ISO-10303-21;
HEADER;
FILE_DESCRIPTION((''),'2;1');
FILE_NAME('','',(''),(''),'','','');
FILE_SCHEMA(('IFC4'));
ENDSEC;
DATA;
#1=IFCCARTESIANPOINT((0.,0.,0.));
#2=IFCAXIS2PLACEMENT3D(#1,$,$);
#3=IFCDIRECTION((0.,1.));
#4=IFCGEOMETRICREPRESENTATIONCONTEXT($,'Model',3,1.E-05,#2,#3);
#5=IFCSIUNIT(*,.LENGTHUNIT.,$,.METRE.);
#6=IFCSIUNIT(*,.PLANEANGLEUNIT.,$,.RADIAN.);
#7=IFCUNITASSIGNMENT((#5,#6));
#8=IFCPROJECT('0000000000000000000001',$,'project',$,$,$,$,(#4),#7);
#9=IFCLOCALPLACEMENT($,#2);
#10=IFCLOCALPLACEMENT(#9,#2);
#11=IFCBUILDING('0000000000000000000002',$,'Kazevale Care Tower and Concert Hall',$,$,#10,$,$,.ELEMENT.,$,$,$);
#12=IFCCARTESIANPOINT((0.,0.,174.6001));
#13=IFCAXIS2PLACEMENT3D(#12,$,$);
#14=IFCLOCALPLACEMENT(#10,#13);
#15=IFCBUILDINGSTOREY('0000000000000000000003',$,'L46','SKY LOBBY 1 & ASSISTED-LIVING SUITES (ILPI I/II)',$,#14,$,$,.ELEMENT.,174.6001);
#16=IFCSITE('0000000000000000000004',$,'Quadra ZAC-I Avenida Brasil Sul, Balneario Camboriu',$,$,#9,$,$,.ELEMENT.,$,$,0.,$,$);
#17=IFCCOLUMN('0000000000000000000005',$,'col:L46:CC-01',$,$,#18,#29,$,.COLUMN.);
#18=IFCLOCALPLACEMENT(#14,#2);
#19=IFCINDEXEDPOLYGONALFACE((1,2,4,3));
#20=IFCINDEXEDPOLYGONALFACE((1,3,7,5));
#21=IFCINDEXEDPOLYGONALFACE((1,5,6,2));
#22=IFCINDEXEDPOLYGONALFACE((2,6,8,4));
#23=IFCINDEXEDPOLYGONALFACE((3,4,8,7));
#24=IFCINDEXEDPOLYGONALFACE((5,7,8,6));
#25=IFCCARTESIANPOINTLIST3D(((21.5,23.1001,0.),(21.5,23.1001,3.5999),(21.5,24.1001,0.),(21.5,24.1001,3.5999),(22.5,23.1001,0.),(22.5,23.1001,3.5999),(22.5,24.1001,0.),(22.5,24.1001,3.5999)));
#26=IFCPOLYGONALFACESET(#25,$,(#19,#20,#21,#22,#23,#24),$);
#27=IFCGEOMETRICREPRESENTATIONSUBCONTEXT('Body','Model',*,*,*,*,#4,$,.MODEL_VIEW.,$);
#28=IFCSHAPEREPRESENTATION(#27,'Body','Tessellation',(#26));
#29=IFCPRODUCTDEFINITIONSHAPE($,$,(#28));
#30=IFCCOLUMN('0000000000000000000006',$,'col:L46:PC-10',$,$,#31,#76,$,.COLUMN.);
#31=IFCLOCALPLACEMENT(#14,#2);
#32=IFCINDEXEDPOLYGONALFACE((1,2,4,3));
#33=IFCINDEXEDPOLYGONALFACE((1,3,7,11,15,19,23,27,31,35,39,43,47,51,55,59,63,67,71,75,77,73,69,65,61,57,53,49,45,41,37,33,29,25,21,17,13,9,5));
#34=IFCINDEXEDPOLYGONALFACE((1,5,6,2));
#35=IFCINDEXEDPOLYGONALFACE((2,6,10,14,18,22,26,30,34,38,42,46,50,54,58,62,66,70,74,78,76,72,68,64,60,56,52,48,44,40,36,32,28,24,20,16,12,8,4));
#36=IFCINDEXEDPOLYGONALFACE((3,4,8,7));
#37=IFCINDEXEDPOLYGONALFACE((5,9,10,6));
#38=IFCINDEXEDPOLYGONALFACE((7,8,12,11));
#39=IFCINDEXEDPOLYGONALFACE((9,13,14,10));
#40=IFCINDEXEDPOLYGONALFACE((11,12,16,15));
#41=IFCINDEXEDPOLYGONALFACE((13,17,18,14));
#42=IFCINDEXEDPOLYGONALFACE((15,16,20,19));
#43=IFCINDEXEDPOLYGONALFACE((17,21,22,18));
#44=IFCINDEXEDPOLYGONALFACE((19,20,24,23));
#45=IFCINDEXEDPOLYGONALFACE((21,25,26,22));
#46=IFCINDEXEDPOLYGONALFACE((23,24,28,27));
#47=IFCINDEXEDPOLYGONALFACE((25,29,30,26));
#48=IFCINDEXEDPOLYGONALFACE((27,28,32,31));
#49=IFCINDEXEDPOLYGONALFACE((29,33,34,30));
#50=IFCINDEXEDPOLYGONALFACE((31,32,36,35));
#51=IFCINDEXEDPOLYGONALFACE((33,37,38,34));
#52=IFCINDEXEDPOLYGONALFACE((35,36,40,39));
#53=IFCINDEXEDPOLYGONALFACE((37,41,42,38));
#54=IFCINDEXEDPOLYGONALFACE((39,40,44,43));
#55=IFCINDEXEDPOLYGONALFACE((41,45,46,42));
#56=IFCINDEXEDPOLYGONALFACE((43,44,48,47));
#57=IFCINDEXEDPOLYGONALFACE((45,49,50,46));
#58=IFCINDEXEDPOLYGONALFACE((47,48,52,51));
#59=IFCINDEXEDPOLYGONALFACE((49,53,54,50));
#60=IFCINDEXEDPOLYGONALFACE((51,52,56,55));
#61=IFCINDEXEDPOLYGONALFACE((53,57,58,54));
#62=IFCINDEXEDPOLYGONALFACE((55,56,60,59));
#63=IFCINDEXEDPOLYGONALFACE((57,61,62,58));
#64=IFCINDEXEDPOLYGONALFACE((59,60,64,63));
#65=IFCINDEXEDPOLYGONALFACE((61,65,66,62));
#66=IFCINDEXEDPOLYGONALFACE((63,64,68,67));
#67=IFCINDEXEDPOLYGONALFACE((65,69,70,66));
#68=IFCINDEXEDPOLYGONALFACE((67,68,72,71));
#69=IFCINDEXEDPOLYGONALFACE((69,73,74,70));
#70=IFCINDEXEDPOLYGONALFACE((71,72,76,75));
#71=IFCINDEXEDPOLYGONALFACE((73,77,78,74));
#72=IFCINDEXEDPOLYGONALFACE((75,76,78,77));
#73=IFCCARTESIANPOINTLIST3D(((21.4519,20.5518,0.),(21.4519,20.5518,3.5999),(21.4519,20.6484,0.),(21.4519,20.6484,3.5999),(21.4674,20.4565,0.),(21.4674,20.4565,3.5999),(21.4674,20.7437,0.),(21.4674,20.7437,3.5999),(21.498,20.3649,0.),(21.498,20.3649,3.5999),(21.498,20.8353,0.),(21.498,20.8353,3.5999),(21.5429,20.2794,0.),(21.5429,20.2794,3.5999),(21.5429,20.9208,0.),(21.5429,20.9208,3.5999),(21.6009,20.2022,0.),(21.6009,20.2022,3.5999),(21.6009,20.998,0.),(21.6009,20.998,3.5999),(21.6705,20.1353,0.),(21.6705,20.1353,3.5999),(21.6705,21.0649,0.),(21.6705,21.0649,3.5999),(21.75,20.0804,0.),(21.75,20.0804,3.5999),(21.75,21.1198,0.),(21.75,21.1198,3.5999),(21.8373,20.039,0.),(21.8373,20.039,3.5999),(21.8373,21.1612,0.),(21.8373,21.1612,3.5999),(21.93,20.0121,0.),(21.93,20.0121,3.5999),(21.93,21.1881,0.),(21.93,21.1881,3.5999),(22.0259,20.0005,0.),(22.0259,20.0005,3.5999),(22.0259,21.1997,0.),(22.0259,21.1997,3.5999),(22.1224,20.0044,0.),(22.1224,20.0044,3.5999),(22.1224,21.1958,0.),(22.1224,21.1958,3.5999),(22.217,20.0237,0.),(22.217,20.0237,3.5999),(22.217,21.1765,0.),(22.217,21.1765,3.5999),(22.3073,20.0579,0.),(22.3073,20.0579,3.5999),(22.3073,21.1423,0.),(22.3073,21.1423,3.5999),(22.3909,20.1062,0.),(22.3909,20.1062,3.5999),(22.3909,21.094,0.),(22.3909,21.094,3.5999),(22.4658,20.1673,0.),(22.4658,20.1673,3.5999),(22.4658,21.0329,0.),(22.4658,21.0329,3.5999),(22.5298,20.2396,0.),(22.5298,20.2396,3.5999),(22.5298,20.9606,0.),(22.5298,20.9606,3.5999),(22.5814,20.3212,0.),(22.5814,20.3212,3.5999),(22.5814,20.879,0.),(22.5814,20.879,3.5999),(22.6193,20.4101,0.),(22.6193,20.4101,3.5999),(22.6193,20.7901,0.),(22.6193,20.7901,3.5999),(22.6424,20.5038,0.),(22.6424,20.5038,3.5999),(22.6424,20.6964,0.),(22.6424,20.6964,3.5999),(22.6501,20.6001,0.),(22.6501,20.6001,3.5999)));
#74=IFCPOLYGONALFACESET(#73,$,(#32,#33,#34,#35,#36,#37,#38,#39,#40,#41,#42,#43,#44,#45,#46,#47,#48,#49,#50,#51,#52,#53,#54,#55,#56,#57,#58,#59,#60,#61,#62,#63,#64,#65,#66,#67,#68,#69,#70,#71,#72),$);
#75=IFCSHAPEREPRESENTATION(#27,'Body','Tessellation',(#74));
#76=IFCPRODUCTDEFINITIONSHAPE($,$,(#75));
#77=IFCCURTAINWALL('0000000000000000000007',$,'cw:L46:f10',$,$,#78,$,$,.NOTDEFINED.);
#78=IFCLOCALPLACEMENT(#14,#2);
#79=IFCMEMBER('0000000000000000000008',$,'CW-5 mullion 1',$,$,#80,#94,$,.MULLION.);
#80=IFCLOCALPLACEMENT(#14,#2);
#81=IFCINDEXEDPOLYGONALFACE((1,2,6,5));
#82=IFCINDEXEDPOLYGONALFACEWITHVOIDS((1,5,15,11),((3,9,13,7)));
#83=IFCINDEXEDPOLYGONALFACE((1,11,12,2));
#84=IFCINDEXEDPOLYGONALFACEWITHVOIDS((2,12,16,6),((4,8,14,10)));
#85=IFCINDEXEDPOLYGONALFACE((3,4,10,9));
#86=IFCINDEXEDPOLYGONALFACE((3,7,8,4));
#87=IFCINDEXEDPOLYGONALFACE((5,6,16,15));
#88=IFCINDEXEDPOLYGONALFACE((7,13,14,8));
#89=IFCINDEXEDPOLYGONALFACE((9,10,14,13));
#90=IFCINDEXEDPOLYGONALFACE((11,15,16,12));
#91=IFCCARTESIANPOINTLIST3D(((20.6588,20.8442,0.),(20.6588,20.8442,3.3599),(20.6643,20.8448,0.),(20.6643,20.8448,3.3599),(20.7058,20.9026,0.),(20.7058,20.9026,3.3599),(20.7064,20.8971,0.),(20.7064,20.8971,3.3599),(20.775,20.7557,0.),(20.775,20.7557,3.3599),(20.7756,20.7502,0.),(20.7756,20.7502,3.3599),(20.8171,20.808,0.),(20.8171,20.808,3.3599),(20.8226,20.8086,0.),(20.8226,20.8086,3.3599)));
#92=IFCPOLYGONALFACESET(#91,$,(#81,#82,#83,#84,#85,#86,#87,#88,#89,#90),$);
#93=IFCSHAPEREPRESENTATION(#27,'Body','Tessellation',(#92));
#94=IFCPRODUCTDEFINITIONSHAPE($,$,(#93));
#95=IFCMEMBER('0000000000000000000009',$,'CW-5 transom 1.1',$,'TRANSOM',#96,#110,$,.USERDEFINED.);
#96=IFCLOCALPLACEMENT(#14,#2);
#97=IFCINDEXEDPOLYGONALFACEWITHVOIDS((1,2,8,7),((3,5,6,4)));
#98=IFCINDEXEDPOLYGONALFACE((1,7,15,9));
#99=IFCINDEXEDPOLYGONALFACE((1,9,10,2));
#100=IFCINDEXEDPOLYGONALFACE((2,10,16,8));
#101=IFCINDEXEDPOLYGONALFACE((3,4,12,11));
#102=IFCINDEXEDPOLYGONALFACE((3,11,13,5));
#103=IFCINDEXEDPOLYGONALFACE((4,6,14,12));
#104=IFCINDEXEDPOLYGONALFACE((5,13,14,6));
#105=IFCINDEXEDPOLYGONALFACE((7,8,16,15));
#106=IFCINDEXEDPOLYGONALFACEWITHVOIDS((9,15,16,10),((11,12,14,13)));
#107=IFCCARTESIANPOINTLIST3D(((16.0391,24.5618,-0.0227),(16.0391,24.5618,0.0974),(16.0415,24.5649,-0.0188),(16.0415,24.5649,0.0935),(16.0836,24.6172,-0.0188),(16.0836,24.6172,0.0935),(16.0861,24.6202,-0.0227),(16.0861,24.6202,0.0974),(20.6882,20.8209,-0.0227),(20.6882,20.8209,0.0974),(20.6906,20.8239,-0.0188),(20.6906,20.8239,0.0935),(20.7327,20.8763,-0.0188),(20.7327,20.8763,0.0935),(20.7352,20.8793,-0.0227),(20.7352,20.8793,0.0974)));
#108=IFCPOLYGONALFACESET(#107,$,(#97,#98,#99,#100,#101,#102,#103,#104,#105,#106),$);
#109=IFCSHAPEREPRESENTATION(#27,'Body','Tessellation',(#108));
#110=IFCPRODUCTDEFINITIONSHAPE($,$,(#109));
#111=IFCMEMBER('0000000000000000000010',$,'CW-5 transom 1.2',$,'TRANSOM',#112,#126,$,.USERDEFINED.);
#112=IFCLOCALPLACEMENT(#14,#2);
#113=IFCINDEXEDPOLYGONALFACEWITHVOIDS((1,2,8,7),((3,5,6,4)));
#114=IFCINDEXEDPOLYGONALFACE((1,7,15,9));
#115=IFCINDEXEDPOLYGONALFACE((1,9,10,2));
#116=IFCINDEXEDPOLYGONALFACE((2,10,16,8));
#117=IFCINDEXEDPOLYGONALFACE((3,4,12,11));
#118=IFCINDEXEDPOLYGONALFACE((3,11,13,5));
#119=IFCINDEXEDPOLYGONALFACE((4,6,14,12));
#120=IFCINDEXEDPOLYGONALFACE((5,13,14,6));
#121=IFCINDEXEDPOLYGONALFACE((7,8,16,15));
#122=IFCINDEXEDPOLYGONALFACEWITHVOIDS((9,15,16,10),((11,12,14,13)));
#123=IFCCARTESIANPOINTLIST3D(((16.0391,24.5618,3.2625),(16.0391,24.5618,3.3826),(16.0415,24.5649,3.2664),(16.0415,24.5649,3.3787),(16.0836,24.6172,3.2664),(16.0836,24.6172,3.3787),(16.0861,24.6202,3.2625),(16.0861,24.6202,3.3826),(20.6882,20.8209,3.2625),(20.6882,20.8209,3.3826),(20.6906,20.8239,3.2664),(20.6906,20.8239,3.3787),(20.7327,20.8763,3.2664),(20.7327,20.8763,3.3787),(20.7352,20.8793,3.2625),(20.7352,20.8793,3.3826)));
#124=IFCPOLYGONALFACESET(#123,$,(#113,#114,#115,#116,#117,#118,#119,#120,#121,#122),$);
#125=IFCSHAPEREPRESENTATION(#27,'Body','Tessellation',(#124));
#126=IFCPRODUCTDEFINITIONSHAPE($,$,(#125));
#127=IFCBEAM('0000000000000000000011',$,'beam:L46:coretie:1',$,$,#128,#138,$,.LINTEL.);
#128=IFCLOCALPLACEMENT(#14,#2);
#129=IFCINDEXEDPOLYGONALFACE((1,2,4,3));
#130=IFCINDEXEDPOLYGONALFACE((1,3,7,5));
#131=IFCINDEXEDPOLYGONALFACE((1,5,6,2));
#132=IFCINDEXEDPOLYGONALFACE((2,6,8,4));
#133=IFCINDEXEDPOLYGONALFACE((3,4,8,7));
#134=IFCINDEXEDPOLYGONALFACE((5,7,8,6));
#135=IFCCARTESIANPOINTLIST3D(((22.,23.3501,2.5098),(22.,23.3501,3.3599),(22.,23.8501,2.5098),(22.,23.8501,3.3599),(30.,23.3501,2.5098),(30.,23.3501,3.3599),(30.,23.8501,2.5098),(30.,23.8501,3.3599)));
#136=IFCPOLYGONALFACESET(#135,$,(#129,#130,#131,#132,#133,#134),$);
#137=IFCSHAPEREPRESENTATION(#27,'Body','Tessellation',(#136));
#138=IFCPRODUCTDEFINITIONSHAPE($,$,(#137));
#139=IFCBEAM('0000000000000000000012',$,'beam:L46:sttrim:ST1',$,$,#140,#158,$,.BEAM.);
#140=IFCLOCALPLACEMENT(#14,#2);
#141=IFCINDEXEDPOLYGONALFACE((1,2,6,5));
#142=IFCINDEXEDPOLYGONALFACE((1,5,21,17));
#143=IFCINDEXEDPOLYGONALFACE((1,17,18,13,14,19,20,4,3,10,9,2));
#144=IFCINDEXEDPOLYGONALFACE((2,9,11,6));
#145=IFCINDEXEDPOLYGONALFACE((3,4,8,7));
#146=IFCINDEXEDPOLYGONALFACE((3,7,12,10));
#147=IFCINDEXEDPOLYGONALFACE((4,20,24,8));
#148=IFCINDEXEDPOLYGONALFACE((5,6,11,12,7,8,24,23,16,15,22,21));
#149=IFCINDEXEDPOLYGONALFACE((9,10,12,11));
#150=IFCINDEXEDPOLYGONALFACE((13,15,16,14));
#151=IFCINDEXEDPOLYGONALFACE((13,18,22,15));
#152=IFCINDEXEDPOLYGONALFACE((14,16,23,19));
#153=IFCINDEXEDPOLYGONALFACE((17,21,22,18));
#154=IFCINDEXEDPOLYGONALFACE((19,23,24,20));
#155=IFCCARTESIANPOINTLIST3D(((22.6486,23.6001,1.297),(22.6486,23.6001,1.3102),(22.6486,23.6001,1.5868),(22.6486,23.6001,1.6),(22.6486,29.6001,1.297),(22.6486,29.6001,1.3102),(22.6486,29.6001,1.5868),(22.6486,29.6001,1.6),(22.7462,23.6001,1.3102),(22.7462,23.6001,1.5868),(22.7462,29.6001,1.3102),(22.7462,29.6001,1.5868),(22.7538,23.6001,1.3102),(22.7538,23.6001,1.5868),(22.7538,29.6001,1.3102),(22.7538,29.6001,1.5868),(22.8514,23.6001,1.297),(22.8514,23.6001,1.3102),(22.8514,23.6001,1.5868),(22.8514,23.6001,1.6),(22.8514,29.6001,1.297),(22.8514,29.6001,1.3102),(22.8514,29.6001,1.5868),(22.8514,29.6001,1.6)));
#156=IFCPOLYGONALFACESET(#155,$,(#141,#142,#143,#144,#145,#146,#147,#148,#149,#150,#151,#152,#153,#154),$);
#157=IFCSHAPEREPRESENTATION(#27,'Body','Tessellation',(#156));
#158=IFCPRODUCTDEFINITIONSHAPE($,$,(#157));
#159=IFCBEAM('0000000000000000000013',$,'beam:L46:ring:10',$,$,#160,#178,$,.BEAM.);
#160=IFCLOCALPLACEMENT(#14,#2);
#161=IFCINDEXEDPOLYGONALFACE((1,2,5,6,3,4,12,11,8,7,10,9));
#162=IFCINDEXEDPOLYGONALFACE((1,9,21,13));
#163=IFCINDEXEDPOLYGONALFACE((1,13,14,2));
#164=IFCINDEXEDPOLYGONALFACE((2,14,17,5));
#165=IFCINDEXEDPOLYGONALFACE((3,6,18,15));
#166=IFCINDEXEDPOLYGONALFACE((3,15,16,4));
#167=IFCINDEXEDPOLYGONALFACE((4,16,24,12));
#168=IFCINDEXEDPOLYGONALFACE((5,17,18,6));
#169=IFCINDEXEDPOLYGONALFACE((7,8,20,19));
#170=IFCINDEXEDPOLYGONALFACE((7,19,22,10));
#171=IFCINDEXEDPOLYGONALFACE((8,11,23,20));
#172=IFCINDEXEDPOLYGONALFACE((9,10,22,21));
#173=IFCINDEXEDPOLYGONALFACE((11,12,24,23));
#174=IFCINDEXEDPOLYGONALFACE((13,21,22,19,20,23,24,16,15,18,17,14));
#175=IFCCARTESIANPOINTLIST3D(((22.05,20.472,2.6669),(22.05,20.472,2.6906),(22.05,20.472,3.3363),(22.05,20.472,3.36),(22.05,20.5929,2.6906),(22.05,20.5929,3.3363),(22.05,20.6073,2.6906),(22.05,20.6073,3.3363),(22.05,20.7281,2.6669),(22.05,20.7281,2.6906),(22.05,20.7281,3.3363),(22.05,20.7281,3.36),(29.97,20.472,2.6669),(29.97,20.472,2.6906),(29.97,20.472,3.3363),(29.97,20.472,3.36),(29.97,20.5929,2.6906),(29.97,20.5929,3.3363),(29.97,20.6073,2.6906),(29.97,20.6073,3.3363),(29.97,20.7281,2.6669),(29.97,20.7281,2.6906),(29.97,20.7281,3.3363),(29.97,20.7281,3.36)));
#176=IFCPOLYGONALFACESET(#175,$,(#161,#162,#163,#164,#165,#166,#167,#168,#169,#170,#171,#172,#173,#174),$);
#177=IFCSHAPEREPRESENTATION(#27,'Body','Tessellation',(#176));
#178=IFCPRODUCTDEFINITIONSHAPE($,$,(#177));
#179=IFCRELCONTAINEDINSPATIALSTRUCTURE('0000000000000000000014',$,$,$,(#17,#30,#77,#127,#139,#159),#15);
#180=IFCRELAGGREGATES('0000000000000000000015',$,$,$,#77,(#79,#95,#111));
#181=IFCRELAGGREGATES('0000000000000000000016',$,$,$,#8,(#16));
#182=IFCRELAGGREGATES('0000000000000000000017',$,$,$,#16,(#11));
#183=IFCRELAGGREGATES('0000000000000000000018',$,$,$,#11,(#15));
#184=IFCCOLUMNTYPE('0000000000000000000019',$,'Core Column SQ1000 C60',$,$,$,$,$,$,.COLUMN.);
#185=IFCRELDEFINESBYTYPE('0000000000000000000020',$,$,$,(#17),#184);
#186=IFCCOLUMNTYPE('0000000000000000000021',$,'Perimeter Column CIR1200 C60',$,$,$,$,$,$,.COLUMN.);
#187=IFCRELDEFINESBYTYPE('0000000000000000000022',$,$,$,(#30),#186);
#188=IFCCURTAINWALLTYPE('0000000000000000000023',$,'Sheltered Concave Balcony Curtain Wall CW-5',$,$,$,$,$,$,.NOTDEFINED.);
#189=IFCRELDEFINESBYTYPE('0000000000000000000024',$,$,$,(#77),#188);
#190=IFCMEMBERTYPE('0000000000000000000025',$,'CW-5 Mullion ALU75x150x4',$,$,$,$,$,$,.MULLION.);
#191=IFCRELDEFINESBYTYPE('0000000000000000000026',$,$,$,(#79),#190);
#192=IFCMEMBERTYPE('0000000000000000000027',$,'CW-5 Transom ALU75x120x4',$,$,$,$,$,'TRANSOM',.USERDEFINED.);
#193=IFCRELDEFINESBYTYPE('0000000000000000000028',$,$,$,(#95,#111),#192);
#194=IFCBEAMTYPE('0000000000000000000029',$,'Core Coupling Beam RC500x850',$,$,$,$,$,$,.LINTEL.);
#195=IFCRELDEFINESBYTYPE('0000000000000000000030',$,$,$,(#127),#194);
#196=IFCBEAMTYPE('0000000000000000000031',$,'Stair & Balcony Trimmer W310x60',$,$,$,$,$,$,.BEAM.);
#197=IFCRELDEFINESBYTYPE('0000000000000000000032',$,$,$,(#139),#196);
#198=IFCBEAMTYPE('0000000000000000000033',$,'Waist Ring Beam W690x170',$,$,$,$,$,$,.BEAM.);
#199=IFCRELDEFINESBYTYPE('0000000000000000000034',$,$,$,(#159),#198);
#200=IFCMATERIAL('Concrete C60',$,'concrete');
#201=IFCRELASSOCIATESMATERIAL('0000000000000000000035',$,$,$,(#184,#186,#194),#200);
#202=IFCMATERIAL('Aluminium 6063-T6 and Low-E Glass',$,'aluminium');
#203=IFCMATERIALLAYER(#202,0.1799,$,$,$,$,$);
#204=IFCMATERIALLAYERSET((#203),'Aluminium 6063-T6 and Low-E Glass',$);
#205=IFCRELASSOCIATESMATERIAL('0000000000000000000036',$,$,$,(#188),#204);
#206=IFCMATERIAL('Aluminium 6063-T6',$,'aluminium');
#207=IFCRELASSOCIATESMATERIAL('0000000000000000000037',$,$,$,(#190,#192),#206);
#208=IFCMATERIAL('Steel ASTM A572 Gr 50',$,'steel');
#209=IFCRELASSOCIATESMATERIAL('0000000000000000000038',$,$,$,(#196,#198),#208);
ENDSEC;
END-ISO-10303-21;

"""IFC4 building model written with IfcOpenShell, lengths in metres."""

from ifc_helpers import new_model, si_unit, direction, frame, origin, origin_2d, place, context, subcontext, project, spatial, rectangle, hollow_rectangle, circle, i_section, extrude, material, layer, layer_set, material_profile, profile_set, type_object, element, aggregate, save


model = new_model("IFC4")

# Units and contexts
model_context = context("Model", 3, precision=1e-05, world=origin(), true_north=direction((0.0, 1.0)))
body_context = subcontext(model_context, "Body", "Model", "MODEL_VIEW")
ifc_project = project(units=[si_unit("LENGTHUNIT", "METRE"), si_unit("PLANEANGLEUNIT", "RADIAN")], contexts=[model_context])

# Site, building, storey
site_placement = place(None, origin())
site = spatial("IfcSite", under=ifc_project, at=site_placement, Name="Quadra ZAC-I Avenida Brasil Sul, Balneario Camboriu", CompositionType="ELEMENT", RefElevation=0.0)
building_placement = place(site_placement, origin())
building = spatial("IfcBuilding", under=site, at=building_placement, Name="Kazevale Care Tower and Concert Hall", CompositionType="ELEMENT")
storey_placement = place(building_placement, frame((0.0, 0.0, 174.6001)))
storey = spatial("IfcBuildingStorey", under=building, at=storey_placement, Name="L46", Description="SKY LOBBY 1 & ASSISTED-LIVING SUITES (ILPI I/II)", CompositionType="ELEMENT", Elevation=174.6001)

# Columns
ifc_material_1 = material(Name="Concrete C60", Category="concrete")
ifc_material_profile_1 = material_profile(ifc_material_1, rectangle(XDim=1.0, YDim=1.0, at=origin_2d()), Name="RC-SQ1000")
ifc_profile_set_1 = profile_set([ifc_material_profile_1], Name="Concrete C60")
column_type_1 = type_object("IfcColumnType", Name="Core Column SQ1000 C60", PredefinedType="COLUMN", material=ifc_profile_set_1)
column_1_placement = place(storey_placement, frame((22.0, 23.6001, 0.0), z_axis=(0.0, 0.0, 1.0), x_axis=(1.0, 0.0, 0.0)))
element("IfcColumn", 1, at=column_1_placement, inside=storey, type_object=column_type_1, Name="col:L46:CC-01", PredefinedType="COLUMN", context=body_context, shape_type="SweptSolid", body=[
    extrude(rectangle(XDim=1.0, YDim=1.0, at=origin_2d()), origin(), (0.0, 0.0, 1.0), 3.5999),
])
ifc_material_profile_2 = material_profile(ifc_material_1, circle(Radius=0.6001, at=origin_2d()), Name="RC-CIR1200")
ifc_profile_set_2 = profile_set([ifc_material_profile_2], Name="Concrete C60")
column_type_2 = type_object("IfcColumnType", Name="Perimeter Column CIR1200 C60", PredefinedType="COLUMN", material=ifc_profile_set_2)
column_2_placement = place(storey_placement, frame((22.05, 20.6001, 0.0), z_axis=(0.0, 0.0, 1.0), x_axis=(1.0, 0.0, 0.0)))
element("IfcColumn", 2, at=column_2_placement, inside=storey, type_object=column_type_2, Name="col:L46:PC-10", PredefinedType="COLUMN", context=body_context, shape_type="SweptSolid", body=[
    extrude(circle(Radius=0.6001, at=origin_2d()), origin(), (0.0, 0.0, 1.0), 3.5999),
])

# Curtain wall, members
ifc_material_2 = material(Name="Aluminium 6063-T6 and Low-E Glass", Category="aluminium")
ifc_layer_1 = layer(ifc_material_2, 0.1799)
ifc_layer_set_1 = layer_set([ifc_layer_1], Name="Aluminium 6063-T6 and Low-E Glass")
curtain_wall_type = type_object("IfcCurtainWallType", Name="Sheltered Concave Balcony Curtain Wall CW-5", PredefinedType="NOTDEFINED", material=ifc_layer_set_1)
curtain_wall_placement = place(storey_placement, origin())
curtain_wall = element("IfcCurtainWall", 3, at=curtain_wall_placement, inside=storey, type_object=curtain_wall_type, Name="cw:L46:f10", PredefinedType="NOTDEFINED")
ifc_material_3 = material(Name="Aluminium 6063-T6", Category="aluminium")
ifc_material_profile_3 = material_profile(ifc_material_3, hollow_rectangle(XDim=0.075, YDim=0.1499, WallThickness=0.0039, at=origin_2d()), Name="ALU75x150x4")
ifc_profile_set_3 = profile_set([ifc_material_profile_3], Name="Aluminium 6063-T6")
member_type_1 = type_object("IfcMemberType", Name="CW-5 Mullion ALU75x150x4", PredefinedType="MULLION", material=ifc_profile_set_3)
member_1_placement = place(storey_placement, frame((20.7407, 20.8264, 0.0), z_axis=(0.0, 0.0, 1.0), x_axis=(-0.626905, -0.779095, 0.0)))
member_1 = element("IfcMember", 4, at=member_1_placement, type_object=member_type_1, Name="CW-5 mullion 1", PredefinedType="MULLION", context=body_context, shape_type="SweptSolid", body=[
    extrude(hollow_rectangle(XDim=0.075, YDim=0.1499, WallThickness=0.0039, at=origin_2d()), origin(), (0.0, 0.0, 1.0), 3.3599),
])
ifc_material_profile_4 = material_profile(ifc_material_3, hollow_rectangle(XDim=0.075, YDim=0.1201, WallThickness=0.0039, at=origin_2d()), Name="ALU75x120x4")
ifc_profile_set_4 = profile_set([ifc_material_profile_4], Name="Aluminium 6063-T6")
member_type_2 = type_object("IfcMemberType", Name="CW-5 Transom ALU75x120x4", ElementType="TRANSOM", PredefinedType="USERDEFINED", material=ifc_profile_set_4)
member_2_placement = place(storey_placement, frame((20.7117, 20.8501, 0.0374), z_axis=(-0.779097, 0.626903, 0.0), x_axis=(-0.626903, -0.779097, 0.0)))
member_2 = element("IfcMember", 5, at=member_2_placement, type_object=member_type_2, Name="CW-5 transom 1.1", ObjectType="TRANSOM", PredefinedType="USERDEFINED", context=body_context, shape_type="SweptSolid", body=[
    extrude(hollow_rectangle(XDim=0.075, YDim=0.1201, WallThickness=0.0039, at=origin_2d()), origin(), (0.0, 0.0, 1.0), 5.9673),
])
member_3_placement = place(storey_placement, frame((20.7117, 20.8501, 3.3225), z_axis=(-0.779097, 0.626903, 0.0), x_axis=(-0.626903, -0.779097, 0.0)))
member_3 = element("IfcMember", 6, at=member_3_placement, type_object=member_type_2, Name="CW-5 transom 1.2", ObjectType="TRANSOM", PredefinedType="USERDEFINED", context=body_context, shape_type="SweptSolid", body=[
    extrude(hollow_rectangle(XDim=0.075, YDim=0.1201, WallThickness=0.0039, at=origin_2d()), origin(), (0.0, 0.0, 1.0), 5.9673),
])

# Beams
ifc_material_profile_5 = material_profile(ifc_material_1, rectangle(XDim=0.5, YDim=0.8501, at=origin_2d()), Name="RC-B500x850")
ifc_profile_set_5 = profile_set([ifc_material_profile_5], Name="Concrete C60")
beam_type_1 = type_object("IfcBeamType", Name="Core Coupling Beam RC500x850", PredefinedType="LINTEL", material=ifc_profile_set_5)
beam_1_placement = place(storey_placement, frame((22.0, 23.6001, 2.9348), z_axis=(1.0, 0.0, 0.0), x_axis=(0.0, 1.0, 0.0)))
element("IfcBeam", 7, at=beam_1_placement, inside=storey, type_object=beam_type_1, Name="beam:L46:coretie:1", PredefinedType="LINTEL", context=body_context, shape_type="SweptSolid", body=[
    extrude(rectangle(XDim=0.5, YDim=0.8501, at=origin_2d()), origin(), (0.0, 0.0, 1.0), 8.0),
])
ifc_material_4 = material(Name="Steel ASTM A572 Gr 50", Category="steel")
ifc_material_profile_6 = material_profile(ifc_material_4, i_section(OverallWidth=0.2029, OverallDepth=0.303, WebThickness=0.0076, FlangeThickness=0.0132, at=origin_2d()), Name="W310x60")
ifc_profile_set_6 = profile_set([ifc_material_profile_6], Name="Steel ASTM A572 Gr 50")
beam_type_2 = type_object("IfcBeamType", Name="Stair & Balcony Trimmer W310x60", PredefinedType="BEAM", material=ifc_profile_set_6)
beam_2_placement = place(storey_placement, frame((22.75, 23.6001, 1.4485), z_axis=(0.0, 1.0, 0.0), x_axis=(-1.0, 0.0, 0.0)))
element("IfcBeam", 8, at=beam_2_placement, inside=storey, type_object=beam_type_2, Name="beam:L46:sttrim:ST1", PredefinedType="BEAM", context=body_context, shape_type="SweptSolid", body=[
    extrude(i_section(OverallWidth=0.2029, OverallDepth=0.303, WebThickness=0.0076, FlangeThickness=0.0132, at=origin_2d()), origin(), (0.0, 0.0, 1.0), 6.0),
])
ifc_material_profile_7 = material_profile(ifc_material_4, i_section(OverallWidth=0.2561, OverallDepth=0.6931, WebThickness=0.0144, FlangeThickness=0.0237, at=origin_2d()), Name="W690x170")
ifc_profile_set_7 = profile_set([ifc_material_profile_7], Name="Steel ASTM A572 Gr 50")
beam_type_3 = type_object("IfcBeamType", Name="Waist Ring Beam W690x170", PredefinedType="BEAM", material=ifc_profile_set_7)
beam_3_placement = place(storey_placement, frame((22.05, 20.6001, 3.0134), z_axis=(1.0, 0.0, 0.0), x_axis=(0.0, 1.0, 0.0)))
element("IfcBeam", 9, at=beam_3_placement, inside=storey, type_object=beam_type_3, Name="beam:L46:ring:10", PredefinedType="BEAM", context=body_context, shape_type="SweptSolid", body=[
    extrude(i_section(OverallWidth=0.2561, OverallDepth=0.6931, WebThickness=0.0144, FlangeThickness=0.0237, at=origin_2d()), origin(), (0.0, 0.0, 1.0), 7.9199),
])

aggregate(curtain_wall, [member_1, member_2, member_3])

save(model, "model.ifc")
